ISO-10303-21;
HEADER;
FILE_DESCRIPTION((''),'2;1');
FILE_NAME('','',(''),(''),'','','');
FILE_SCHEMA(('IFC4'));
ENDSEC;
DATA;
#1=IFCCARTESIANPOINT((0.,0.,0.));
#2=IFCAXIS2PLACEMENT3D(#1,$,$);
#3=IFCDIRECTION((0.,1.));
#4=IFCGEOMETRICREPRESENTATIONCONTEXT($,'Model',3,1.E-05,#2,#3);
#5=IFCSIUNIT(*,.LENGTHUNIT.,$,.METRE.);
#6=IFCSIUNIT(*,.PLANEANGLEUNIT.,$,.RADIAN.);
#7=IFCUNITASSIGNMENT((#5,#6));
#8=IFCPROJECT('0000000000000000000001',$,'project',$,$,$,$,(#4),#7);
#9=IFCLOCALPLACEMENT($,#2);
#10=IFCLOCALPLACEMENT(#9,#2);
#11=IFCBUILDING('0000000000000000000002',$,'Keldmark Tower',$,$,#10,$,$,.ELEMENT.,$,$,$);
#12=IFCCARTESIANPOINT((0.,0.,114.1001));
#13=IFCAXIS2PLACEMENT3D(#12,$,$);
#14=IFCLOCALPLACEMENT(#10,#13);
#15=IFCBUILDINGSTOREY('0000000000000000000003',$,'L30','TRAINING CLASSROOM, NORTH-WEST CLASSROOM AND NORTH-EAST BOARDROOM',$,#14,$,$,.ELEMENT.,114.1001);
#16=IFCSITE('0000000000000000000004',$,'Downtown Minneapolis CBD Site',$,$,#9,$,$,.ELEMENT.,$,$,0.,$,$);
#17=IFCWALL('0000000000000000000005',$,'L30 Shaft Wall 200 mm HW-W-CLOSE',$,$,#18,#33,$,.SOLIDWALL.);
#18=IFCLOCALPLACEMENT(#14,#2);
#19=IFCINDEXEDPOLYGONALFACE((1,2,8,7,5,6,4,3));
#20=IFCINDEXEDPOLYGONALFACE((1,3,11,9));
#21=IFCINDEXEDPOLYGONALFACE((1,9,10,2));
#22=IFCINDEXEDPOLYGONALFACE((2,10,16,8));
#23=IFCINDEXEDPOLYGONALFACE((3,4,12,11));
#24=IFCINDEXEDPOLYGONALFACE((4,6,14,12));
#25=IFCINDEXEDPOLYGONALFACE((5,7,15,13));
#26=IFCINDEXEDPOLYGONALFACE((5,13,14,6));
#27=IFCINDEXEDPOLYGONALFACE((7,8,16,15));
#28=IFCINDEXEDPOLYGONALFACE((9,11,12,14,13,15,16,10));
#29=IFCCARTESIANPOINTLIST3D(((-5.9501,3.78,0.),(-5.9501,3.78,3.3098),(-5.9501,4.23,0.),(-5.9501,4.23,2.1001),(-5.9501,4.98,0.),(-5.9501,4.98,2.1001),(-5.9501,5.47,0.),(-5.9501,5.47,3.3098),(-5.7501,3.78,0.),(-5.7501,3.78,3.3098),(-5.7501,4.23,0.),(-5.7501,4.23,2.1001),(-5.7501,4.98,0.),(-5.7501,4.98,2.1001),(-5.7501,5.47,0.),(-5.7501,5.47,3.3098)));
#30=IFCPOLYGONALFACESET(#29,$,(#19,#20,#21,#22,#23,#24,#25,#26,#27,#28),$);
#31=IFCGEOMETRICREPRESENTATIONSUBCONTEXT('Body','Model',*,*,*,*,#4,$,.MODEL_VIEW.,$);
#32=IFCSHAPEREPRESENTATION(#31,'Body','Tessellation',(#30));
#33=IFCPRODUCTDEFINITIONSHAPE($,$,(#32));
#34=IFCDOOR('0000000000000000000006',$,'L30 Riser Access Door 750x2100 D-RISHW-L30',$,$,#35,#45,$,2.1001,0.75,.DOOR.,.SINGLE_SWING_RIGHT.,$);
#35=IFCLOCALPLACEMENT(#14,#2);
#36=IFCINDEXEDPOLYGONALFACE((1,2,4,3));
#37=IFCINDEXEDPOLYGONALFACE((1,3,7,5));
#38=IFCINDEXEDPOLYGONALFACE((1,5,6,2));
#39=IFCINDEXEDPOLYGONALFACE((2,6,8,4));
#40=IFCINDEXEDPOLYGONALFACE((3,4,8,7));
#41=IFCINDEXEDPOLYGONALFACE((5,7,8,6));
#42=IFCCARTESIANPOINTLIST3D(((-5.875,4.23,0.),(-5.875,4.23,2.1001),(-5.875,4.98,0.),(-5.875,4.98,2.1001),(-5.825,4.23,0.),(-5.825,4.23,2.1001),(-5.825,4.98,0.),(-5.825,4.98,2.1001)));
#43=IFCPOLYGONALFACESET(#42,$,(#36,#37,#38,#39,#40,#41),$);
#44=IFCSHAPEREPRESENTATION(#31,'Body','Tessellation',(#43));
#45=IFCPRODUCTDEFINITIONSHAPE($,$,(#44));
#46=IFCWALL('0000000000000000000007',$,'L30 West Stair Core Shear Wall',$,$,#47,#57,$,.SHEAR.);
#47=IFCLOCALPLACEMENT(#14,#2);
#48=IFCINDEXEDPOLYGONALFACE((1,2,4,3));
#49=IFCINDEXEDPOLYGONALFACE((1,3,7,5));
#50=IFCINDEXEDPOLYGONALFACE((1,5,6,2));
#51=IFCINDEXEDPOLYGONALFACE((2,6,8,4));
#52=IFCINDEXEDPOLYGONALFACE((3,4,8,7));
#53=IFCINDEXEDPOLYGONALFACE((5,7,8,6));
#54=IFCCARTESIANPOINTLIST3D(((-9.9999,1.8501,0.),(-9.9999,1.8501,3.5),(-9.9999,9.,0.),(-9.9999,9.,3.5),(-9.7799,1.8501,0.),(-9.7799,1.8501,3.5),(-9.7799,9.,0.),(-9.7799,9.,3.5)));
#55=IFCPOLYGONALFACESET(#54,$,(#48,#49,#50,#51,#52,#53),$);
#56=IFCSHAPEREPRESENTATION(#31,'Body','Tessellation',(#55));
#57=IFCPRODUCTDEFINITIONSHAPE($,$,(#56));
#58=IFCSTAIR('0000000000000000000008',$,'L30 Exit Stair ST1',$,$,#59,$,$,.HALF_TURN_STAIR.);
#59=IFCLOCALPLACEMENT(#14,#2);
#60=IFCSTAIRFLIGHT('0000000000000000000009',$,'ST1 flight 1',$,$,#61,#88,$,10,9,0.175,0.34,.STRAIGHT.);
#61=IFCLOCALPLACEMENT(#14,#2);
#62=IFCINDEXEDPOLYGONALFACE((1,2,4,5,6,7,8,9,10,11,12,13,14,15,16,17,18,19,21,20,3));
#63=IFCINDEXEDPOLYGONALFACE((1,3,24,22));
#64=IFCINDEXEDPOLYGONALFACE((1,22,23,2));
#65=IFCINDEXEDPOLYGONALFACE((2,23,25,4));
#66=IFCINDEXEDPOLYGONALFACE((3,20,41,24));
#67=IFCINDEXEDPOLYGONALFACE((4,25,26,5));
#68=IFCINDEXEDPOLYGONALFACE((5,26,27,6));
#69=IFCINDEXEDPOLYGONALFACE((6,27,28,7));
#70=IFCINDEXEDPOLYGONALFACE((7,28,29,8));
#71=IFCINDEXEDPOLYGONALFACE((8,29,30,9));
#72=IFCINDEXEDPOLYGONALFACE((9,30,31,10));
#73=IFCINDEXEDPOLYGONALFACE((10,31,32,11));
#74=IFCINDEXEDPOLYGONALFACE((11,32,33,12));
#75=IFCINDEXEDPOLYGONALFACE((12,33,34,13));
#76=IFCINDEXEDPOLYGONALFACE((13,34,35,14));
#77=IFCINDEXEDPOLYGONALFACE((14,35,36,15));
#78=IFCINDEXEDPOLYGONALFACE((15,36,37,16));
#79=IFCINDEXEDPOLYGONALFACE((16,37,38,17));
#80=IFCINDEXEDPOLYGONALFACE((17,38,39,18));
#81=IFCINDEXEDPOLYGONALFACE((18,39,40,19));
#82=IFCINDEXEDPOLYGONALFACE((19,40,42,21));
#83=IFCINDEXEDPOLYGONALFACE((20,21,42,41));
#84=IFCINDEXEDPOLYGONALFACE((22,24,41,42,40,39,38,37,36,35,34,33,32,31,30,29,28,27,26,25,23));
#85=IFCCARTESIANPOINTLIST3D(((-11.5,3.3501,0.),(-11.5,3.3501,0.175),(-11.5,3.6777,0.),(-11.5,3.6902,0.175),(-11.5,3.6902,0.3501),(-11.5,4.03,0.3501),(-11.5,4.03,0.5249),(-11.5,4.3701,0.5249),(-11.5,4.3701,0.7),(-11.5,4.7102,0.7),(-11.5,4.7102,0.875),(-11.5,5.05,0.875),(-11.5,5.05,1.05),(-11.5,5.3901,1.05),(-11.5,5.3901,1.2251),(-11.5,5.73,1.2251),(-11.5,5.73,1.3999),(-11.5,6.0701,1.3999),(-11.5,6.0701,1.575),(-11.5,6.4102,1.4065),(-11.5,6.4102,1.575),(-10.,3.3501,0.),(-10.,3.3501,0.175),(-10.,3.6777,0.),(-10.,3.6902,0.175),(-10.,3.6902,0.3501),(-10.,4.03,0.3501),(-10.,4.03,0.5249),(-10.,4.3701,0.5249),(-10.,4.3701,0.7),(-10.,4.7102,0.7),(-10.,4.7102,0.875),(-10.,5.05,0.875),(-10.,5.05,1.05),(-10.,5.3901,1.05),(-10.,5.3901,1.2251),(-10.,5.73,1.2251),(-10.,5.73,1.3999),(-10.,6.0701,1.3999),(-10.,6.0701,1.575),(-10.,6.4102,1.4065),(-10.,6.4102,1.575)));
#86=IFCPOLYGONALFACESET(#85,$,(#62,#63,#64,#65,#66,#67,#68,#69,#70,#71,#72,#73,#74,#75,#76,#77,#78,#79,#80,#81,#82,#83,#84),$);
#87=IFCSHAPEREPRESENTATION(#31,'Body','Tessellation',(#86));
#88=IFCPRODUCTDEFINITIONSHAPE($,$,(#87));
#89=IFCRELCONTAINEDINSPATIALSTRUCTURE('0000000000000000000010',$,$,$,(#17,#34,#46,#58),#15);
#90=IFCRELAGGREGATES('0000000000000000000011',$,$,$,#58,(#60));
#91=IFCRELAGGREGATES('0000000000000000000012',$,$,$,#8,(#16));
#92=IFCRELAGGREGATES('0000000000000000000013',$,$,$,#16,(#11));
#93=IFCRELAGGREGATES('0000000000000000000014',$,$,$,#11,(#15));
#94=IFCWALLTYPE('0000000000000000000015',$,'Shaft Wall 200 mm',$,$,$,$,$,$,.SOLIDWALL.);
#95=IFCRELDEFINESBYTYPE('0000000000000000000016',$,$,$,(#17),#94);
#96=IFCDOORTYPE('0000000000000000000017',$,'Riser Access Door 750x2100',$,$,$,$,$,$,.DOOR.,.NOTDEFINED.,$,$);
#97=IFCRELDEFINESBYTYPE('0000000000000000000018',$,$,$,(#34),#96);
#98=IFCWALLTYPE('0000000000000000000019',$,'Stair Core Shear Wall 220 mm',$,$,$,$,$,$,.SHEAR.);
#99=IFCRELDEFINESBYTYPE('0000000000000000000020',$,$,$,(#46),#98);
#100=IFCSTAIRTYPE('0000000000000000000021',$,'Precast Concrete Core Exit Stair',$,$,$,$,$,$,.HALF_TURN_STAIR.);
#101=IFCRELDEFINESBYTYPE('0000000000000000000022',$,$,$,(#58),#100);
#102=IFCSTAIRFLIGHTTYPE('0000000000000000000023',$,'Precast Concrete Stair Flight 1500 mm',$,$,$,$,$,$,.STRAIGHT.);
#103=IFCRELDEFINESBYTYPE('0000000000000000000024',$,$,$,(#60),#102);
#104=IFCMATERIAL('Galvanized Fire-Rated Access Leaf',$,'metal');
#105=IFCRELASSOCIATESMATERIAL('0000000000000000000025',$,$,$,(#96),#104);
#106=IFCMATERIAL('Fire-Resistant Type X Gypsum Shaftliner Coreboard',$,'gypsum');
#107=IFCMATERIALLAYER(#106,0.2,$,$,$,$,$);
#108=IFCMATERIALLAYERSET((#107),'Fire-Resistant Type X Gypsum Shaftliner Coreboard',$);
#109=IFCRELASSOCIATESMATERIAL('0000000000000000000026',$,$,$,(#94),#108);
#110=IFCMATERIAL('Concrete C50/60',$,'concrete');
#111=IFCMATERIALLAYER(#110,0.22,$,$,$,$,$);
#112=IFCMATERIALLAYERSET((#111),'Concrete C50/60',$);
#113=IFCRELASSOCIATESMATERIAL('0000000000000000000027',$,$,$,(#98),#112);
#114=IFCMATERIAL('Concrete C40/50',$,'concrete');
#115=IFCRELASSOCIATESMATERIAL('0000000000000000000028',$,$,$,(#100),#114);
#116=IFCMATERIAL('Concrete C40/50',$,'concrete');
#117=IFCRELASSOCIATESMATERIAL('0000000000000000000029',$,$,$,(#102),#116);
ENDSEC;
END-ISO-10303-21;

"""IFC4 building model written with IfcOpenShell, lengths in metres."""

from ifc_helpers import new_model, si_unit, direction, frame, frame_2d, origin, place, context, subcontext, project, spatial, polyline, rectangle, outline, extrude, material, layer, layer_set, type_object, element, fill, aggregate, save


model = new_model("IFC4")

# Units and contexts
model_context = context("Model", 3, precision=1e-05, world=origin(), true_north=direction((0.0, 1.0)))
body_context = subcontext(model_context, "Body", "Model", "MODEL_VIEW")
ifc_project = project(units=[si_unit("LENGTHUNIT", "METRE"), si_unit("PLANEANGLEUNIT", "RADIAN")], contexts=[model_context])

# Site, building, storey
site_placement = place(None, origin())
site = spatial("IfcSite", under=ifc_project, at=site_placement, Name="Downtown Minneapolis CBD Site", CompositionType="ELEMENT", RefElevation=0.0)
building_placement = place(site_placement, origin())
building = spatial("IfcBuilding", under=site, at=building_placement, Name="Keldmark Tower", CompositionType="ELEMENT")
storey_placement = place(building_placement, frame((0.0, 0.0, 114.1001)))
storey = spatial("IfcBuildingStorey", under=building, at=storey_placement, Name="L30", Description="TRAINING CLASSROOM, NORTH-WEST CLASSROOM AND NORTH-EAST BOARDROOM", CompositionType="ELEMENT", Elevation=114.1001)

# Shared definitions
ifc_material_1 = material(Name="Galvanized Fire-Rated Access Leaf", Category="metal")
door_type = type_object("IfcDoorType", Name="Riser Access Door 750x2100", OperationType="NOTDEFINED", PredefinedType="DOOR", material=ifc_material_1)

# Shared definitions
ifc_material_2 = material(Name="Fire-Resistant Type X Gypsum Shaftliner Coreboard", Category="gypsum")
ifc_layer_1 = layer(ifc_material_2, 0.2)
ifc_layer_set_1 = layer_set([ifc_layer_1], Name="Fire-Resistant Type X Gypsum Shaftliner Coreboard")
wall_type_1 = type_object("IfcWallType", Name="Shaft Wall 200 mm", PredefinedType="SOLIDWALL", material=ifc_layer_set_1)

# Wall, opening, door
wall_1_placement = place(storey_placement, frame((-5.8501, 3.78, 0.0), z_axis=(0.0, 0.0, 1.0), x_axis=(0.0, 1.0, 0.0)))
wall_1 = element("IfcWall", 1, at=wall_1_placement, inside=storey, type_object=wall_type_1, Name="L30 Shaft Wall 200 mm HW-W-CLOSE", PredefinedType="SOLIDWALL", context=body_context, shape_type="SweptSolid", body=[
    extrude(rectangle(XDim=1.6899, YDim=0.2, at=frame_2d((0.845, 0.0))), origin(), (0.0, 0.0, 1.0), 3.3098),
])
opening_1_placement = place(wall_1_placement, frame((0.45, 0.0, 0.0)))
opening_1 = element("IfcOpeningElement", 2, at=opening_1_placement, cuts=wall_1, PredefinedType="OPENING", context=body_context, shape_type="SweptSolid", body=[
    extrude(rectangle(XDim=0.75, YDim=2.1001, at=frame_2d((0.375, 1.05))), frame((0.0, 0.1099, 0.0), z_axis=(0.0, -1.0, 0.0), x_axis=(1.0, 0.0, 0.0)), (0.0, 0.0, 1.0), 0.22),
])
door_1_placement = place(opening_1_placement, origin())
door_1 = element("IfcDoor", 3, at=door_1_placement, inside=storey, type_object=door_type, Name="L30 Riser Access Door 750x2100 D-RISHW-L30", OperationType="SINGLE_SWING_RIGHT", OverallHeight=2.1001, OverallWidth=0.75, PredefinedType="DOOR", context=body_context, shape_type="SweptSolid", body=[
    extrude(rectangle(XDim=0.75, YDim=2.1001, at=frame_2d((0.375, 1.05))), frame((0.0, 0.0249, 0.0), z_axis=(0.0, -1.0, 0.0), x_axis=(1.0, 0.0, 0.0)), (0.0, 0.0, 1.0), 0.05),
])
fill(opening_1, door_1)

# Wall
ifc_material_3 = material(Name="Concrete C50/60", Category="concrete")
ifc_layer_2 = layer(ifc_material_3, 0.22)
ifc_layer_set_2 = layer_set([ifc_layer_2], Name="Concrete C50/60")
wall_type_2 = type_object("IfcWallType", Name="Stair Core Shear Wall 220 mm", PredefinedType="SHEAR", material=ifc_layer_set_2)
wall_2_placement = place(storey_placement, frame((-9.8899, 1.8501, 0.0), z_axis=(0.0, 0.0, 1.0), x_axis=(0.0, 1.0, 0.0)))
element("IfcWall", 4, at=wall_2_placement, inside=storey, type_object=wall_type_2, Name="L30 West Stair Core Shear Wall", PredefinedType="SHEAR", context=body_context, shape_type="SweptSolid", body=[
    extrude(rectangle(XDim=7.1499, YDim=0.22, at=frame_2d((3.575, 0.0))), origin(), (0.0, 0.0, 1.0), 3.5),
])

# Stair, stair flight
ifc_material_4 = material(Name="Concrete C40/50", Category="concrete")
stair_type = type_object("IfcStairType", Name="Precast Concrete Core Exit Stair", PredefinedType="HALF_TURN_STAIR", material=ifc_material_4)
stair_placement = place(storey_placement, origin())
stair = element("IfcStair", 5, at=stair_placement, inside=storey, type_object=stair_type, Name="L30 Exit Stair ST1", PredefinedType="HALF_TURN_STAIR")
ifc_material_5 = material(Name="Concrete C40/50", Category="concrete")
stair_flight_type = type_object("IfcStairFlightType", Name="Precast Concrete Stair Flight 1500 mm", PredefinedType="STRAIGHT", material=ifc_material_5)
stair_flight_placement = place(storey_placement, frame((-10.75, 3.3501, 0.0), z_axis=(0.0, 0.0, 1.0), x_axis=(0.0, 1.0, 0.0)))
stair_flight = element("IfcStairFlight", 6, at=stair_flight_placement, type_object=stair_flight_type, Name="ST1 flight 1", NumberOfRisers=10, NumberOfTreads=9, PredefinedType="STRAIGHT", RiserHeight=0.175, TreadLength=0.34, context=body_context, shape_type="SweptSolid", body=[
    extrude(outline(polyline([(0.0, 0.0), (0.0, 0.175), (0.3401, 0.175), (0.3401, 0.3501), (0.6799, 0.3501), (0.6799, 0.5249), (1.02, 0.5249), (1.02, 0.7), (1.3601, 0.7), (1.3601, 0.875), (1.7, 0.875), (1.7, 1.05), (2.04, 1.05), (2.04, 1.2251), (2.3799, 1.2251), (2.3799, 1.3999), (2.72, 1.3999), (2.72, 1.575), (3.0601, 1.575), (3.0601, 1.75), (3.0601, 1.4065), (0.3276, 0.0), (0.0, 0.0)])), frame((0.0, 0.75, 0.0), z_axis=(0.0, -1.0, 0.0), x_axis=(1.0, 0.0, 0.0)), (0.0, 0.0, 1.0), 1.5),
])
aggregate(stair, [stair_flight])

save(model, "model.ifc")
